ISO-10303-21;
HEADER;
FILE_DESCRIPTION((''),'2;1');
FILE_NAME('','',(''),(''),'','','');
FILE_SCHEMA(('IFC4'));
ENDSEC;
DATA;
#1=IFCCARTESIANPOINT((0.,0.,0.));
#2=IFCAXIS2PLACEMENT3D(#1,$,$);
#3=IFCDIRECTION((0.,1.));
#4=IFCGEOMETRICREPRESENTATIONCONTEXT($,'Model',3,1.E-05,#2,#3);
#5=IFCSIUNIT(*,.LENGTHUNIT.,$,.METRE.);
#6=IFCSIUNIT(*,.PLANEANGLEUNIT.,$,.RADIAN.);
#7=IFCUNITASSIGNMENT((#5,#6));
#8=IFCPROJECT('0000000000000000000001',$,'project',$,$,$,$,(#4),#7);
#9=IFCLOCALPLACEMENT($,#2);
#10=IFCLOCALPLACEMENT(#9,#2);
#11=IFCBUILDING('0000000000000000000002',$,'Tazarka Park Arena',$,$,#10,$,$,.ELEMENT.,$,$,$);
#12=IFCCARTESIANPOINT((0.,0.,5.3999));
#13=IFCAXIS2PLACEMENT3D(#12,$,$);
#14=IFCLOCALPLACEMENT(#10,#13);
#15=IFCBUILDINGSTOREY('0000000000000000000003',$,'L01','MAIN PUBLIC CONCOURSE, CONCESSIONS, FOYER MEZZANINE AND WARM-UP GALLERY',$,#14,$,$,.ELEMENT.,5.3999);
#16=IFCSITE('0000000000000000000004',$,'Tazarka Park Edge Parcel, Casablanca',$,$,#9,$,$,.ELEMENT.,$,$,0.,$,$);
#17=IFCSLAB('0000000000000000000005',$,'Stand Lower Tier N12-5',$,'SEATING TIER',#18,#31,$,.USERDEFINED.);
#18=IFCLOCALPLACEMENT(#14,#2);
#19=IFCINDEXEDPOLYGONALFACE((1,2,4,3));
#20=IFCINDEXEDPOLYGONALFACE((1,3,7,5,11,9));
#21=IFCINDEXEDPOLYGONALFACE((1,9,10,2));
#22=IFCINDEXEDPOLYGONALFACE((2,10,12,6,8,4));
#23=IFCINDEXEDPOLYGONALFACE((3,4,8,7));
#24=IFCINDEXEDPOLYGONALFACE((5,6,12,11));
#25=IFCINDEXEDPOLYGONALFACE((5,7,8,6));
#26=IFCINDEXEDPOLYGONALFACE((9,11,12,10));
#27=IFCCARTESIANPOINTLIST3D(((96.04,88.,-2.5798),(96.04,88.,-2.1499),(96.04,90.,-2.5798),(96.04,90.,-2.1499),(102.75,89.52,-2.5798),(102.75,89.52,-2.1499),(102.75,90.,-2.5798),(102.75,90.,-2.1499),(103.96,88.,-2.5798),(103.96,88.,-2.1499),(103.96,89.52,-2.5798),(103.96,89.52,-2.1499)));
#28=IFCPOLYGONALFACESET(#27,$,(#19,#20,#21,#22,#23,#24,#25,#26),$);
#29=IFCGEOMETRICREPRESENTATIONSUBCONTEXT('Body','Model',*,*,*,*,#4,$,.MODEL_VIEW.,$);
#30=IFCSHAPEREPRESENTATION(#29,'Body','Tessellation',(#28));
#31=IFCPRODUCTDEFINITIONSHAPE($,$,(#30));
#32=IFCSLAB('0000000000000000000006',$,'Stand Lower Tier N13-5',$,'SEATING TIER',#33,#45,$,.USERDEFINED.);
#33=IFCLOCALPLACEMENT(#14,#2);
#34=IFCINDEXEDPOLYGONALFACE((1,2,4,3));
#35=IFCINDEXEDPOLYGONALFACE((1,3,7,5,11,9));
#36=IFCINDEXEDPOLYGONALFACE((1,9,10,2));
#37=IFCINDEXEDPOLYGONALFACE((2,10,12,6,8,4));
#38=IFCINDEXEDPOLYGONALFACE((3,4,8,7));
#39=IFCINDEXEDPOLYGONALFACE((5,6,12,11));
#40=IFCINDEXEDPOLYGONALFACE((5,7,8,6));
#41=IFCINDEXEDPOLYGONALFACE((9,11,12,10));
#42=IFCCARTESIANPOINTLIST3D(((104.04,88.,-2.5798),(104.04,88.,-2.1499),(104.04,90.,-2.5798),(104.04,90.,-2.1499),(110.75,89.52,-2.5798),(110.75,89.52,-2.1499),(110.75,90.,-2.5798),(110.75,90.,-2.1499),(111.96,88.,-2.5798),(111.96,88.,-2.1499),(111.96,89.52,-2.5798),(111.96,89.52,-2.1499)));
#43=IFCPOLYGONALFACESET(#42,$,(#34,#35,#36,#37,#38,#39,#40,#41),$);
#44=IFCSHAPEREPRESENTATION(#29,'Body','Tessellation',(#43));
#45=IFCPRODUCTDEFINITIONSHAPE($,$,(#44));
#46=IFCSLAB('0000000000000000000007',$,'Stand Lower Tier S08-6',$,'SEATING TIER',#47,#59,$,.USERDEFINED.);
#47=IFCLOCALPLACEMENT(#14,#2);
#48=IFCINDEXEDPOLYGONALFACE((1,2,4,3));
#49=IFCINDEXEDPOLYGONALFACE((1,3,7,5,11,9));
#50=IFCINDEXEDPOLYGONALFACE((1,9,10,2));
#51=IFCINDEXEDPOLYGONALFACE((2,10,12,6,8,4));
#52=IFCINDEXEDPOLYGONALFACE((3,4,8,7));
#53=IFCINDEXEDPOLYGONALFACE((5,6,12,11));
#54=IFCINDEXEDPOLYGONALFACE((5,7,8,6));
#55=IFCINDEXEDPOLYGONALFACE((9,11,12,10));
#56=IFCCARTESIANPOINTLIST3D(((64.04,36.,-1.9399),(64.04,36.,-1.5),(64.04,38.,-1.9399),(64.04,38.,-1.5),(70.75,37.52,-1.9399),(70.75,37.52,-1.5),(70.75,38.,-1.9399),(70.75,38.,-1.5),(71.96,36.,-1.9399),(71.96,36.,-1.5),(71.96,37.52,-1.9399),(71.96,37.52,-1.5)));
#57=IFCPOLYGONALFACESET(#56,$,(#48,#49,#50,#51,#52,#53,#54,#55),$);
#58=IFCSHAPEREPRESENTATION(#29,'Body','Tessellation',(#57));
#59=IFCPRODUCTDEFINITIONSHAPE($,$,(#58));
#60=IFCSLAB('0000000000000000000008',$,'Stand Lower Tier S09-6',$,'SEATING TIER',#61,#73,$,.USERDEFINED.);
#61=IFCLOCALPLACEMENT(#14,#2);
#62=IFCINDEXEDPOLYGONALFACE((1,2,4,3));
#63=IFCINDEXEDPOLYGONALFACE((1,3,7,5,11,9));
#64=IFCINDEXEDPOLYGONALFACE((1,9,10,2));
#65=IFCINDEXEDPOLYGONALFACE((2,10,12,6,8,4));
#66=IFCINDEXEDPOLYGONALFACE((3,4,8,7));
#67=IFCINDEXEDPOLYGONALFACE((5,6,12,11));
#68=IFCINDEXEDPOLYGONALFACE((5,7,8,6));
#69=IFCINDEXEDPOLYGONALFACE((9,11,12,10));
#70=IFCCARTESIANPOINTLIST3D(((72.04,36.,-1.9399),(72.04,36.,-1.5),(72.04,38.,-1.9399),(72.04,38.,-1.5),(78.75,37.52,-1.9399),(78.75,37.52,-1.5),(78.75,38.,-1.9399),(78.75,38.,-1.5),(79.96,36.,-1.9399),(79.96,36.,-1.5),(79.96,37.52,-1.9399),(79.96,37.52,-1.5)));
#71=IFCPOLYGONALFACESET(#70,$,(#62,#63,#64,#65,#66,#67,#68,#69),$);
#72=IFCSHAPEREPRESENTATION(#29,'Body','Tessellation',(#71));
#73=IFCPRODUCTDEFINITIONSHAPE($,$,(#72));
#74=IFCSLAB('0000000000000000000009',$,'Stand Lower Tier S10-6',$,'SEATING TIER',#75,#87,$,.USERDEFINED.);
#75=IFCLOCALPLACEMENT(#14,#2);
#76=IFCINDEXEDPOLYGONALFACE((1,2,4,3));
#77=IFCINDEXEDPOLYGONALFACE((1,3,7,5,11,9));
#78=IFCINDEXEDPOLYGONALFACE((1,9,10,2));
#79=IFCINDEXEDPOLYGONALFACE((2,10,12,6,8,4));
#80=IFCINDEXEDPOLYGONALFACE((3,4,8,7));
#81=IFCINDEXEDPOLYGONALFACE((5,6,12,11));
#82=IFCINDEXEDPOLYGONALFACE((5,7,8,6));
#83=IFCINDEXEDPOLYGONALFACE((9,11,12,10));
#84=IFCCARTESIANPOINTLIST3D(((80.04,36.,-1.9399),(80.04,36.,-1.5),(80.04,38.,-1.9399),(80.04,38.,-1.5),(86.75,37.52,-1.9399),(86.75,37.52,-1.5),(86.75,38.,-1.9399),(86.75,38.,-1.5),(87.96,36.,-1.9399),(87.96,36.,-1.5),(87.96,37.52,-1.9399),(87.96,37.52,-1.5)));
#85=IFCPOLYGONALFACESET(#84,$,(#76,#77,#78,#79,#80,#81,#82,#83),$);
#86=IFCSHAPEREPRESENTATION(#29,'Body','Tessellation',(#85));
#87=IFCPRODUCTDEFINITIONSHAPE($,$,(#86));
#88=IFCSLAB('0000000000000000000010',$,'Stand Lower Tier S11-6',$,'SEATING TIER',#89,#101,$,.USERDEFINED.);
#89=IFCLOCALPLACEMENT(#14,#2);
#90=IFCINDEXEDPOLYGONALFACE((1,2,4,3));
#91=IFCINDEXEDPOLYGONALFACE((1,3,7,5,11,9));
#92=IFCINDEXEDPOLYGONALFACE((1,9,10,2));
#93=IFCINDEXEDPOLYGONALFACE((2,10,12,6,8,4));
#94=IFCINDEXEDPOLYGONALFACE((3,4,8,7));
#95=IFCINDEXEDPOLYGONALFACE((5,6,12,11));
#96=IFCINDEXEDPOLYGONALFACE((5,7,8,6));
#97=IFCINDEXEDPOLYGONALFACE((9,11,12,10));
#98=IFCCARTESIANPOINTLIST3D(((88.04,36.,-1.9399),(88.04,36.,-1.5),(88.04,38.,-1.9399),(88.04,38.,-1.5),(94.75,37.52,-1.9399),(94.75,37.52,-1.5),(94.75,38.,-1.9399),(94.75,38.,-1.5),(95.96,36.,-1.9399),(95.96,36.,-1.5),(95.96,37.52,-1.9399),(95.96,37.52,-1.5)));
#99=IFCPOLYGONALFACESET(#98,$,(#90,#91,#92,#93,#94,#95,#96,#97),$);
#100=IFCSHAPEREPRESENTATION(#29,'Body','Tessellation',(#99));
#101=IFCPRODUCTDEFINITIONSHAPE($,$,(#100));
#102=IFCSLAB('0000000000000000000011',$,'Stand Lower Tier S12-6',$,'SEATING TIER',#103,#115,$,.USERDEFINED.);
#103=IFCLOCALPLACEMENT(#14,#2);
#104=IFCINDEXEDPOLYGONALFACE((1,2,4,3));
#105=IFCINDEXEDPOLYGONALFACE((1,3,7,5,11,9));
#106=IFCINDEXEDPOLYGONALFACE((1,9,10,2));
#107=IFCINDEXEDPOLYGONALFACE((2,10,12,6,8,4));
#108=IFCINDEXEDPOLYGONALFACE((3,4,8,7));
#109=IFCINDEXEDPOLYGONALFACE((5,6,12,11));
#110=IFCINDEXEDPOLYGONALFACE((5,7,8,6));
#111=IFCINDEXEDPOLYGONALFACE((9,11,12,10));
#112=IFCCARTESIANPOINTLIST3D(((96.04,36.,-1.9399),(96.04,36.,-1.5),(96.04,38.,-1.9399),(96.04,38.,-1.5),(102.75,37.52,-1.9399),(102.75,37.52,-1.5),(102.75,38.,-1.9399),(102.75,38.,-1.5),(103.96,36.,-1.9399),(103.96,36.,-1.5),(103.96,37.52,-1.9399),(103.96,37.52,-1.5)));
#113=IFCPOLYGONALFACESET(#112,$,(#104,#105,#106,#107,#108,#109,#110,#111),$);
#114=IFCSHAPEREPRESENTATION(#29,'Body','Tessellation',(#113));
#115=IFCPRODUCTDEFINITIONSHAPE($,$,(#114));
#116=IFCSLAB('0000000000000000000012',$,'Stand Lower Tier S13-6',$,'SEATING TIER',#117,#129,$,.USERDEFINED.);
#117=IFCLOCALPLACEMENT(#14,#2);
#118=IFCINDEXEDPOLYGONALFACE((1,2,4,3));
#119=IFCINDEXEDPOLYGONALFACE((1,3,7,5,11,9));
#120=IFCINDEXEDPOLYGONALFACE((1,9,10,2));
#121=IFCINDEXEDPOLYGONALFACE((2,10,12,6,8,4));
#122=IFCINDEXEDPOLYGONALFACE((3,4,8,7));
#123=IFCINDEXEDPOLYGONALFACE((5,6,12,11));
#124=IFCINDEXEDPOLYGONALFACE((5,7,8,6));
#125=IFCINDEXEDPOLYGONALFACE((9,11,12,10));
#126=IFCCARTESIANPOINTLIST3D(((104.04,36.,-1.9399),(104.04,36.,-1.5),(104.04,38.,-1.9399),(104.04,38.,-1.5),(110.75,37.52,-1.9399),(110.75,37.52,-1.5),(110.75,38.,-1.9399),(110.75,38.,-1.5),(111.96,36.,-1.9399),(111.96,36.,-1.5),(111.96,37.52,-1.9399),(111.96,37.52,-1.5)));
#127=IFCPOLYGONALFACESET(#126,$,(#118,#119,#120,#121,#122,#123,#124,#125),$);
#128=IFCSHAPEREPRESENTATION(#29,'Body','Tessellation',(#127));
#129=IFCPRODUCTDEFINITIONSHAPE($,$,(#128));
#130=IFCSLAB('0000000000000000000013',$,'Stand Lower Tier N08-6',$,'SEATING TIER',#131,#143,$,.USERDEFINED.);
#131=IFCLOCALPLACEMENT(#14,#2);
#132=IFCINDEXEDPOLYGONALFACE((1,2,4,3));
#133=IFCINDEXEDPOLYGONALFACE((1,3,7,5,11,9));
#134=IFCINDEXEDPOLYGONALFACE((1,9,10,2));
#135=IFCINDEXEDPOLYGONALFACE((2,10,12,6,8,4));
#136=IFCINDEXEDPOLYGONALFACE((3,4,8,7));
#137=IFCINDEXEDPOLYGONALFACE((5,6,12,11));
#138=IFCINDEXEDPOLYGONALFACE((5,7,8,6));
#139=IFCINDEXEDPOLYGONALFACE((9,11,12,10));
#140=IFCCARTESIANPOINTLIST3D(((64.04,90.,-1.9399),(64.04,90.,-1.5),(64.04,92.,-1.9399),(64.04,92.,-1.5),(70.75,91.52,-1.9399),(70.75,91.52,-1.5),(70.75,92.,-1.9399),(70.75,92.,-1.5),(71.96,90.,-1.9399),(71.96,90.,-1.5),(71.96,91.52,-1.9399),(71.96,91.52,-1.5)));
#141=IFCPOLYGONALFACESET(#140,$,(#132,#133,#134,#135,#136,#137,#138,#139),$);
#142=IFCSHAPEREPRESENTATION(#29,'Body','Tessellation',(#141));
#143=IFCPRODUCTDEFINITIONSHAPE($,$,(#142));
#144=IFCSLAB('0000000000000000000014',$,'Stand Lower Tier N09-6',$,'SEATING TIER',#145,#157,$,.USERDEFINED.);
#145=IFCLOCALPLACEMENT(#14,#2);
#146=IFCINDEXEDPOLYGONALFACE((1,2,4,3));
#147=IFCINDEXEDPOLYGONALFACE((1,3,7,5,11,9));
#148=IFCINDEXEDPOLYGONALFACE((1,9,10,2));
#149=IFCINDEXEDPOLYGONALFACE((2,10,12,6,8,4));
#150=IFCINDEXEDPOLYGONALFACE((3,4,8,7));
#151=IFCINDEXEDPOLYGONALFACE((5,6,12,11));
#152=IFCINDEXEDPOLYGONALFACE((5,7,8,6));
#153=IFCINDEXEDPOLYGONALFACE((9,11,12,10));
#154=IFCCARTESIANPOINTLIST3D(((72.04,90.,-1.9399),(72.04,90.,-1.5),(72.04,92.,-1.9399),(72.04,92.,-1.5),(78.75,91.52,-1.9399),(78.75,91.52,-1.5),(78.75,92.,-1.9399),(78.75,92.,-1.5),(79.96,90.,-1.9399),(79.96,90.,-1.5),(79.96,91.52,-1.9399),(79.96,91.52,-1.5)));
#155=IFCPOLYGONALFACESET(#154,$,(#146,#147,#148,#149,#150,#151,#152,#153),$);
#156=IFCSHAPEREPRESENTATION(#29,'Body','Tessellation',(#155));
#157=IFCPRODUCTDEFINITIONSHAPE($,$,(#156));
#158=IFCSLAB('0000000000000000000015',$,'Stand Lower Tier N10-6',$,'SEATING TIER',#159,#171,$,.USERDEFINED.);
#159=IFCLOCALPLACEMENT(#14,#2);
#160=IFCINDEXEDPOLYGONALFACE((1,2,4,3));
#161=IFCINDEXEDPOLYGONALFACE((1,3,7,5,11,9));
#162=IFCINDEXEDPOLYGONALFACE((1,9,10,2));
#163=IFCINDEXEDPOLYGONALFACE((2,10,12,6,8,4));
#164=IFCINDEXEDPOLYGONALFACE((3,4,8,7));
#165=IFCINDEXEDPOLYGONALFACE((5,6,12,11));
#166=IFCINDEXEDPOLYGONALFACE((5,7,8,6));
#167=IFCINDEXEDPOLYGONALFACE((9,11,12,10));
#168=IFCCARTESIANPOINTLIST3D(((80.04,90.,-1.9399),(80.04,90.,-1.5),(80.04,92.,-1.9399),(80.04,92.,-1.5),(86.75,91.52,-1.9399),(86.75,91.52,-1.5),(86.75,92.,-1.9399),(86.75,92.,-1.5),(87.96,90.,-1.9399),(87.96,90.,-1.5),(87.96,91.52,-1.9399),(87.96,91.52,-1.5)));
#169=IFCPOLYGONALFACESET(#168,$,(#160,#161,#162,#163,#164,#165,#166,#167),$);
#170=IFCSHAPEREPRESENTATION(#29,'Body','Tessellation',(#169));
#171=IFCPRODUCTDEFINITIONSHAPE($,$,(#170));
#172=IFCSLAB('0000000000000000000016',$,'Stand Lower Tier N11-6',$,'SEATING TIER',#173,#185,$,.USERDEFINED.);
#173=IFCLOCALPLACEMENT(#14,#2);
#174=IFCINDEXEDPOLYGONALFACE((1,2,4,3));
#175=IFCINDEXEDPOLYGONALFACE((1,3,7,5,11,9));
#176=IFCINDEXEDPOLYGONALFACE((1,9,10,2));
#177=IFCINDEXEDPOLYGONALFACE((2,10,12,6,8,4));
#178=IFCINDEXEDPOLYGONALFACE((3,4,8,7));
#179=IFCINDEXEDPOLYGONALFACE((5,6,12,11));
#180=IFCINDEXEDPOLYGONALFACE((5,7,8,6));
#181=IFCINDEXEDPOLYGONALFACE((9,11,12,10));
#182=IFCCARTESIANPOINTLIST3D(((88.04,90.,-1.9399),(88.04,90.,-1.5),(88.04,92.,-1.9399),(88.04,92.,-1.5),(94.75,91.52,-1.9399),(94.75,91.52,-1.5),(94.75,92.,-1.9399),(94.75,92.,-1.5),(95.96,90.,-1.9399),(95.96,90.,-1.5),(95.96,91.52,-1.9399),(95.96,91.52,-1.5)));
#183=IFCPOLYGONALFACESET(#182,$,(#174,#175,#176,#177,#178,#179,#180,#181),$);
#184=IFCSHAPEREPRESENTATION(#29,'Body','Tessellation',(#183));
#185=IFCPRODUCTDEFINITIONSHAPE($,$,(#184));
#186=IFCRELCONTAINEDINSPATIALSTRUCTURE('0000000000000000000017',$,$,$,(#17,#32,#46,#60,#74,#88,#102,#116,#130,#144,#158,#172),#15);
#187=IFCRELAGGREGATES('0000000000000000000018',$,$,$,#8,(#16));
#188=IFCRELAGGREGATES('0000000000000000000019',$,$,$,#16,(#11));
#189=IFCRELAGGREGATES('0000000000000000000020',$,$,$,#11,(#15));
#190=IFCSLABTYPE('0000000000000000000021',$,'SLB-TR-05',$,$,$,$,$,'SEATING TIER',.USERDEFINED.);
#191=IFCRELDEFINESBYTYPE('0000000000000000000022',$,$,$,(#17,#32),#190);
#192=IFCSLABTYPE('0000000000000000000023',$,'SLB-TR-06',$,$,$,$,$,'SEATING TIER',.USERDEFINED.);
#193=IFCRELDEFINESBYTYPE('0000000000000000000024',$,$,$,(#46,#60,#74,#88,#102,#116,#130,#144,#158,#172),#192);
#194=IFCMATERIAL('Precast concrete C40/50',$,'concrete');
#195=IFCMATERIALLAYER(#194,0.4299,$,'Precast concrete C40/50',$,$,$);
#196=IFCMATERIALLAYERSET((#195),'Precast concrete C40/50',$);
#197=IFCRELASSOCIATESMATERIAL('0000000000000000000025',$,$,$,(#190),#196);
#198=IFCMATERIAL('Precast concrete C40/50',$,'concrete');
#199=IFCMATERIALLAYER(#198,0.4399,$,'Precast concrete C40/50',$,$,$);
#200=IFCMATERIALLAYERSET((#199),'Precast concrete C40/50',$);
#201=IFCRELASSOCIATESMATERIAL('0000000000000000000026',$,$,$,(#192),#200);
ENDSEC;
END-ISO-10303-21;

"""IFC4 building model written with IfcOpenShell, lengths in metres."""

from ifc_helpers import new_model, si_unit, direction, frame, origin, place, context, subcontext, project, spatial, polyline, outline, extrude, material, layer, layer_set, type_object, element, save


model = new_model("IFC4")

# Units and contexts
model_context = context("Model", 3, precision=1e-05, world=origin(), true_north=direction((0.0, 1.0)))
body_context = subcontext(model_context, "Body", "Model", "MODEL_VIEW")
ifc_project = project(units=[si_unit("LENGTHUNIT", "METRE"), si_unit("PLANEANGLEUNIT", "RADIAN")], contexts=[model_context])

# Site, building, storey
site_placement = place(None, origin())
site = spatial("IfcSite", under=ifc_project, at=site_placement, Name="Tazarka Park Edge Parcel, Casablanca", CompositionType="ELEMENT", RefElevation=0.0)
building_placement = place(site_placement, origin())
building = spatial("IfcBuilding", under=site, at=building_placement, Name="Tazarka Park Arena", CompositionType="ELEMENT")
storey_placement = place(building_placement, frame((0.0, 0.0, 5.3999)))
storey = spatial("IfcBuildingStorey", under=building, at=storey_placement, Name="L01", Description="MAIN PUBLIC CONCOURSE, CONCESSIONS, FOYER MEZZANINE AND WARM-UP GALLERY", CompositionType="ELEMENT", Elevation=5.3999)

# Slabs
ifc_material_1 = material(Name="Precast concrete C40/50", Category="concrete")
ifc_layer_1 = layer(ifc_material_1, 0.4299, Name="Precast concrete C40/50")
ifc_layer_set_1 = layer_set([ifc_layer_1], Name="Precast concrete C40/50")
slab_type_1 = type_object("IfcSlabType", Name="SLB-TR-05", ElementType="SEATING TIER", PredefinedType="USERDEFINED", material=ifc_layer_set_1)
slab_1_placement = place(storey_placement, frame((0.0, 0.0, -2.5798)))
element("IfcSlab", 1, at=slab_1_placement, inside=storey, type_object=slab_type_1, Name="Stand Lower Tier N12-5", ObjectType="SEATING TIER", PredefinedType="USERDEFINED", context=body_context, shape_type="SweptSolid", body=[
    extrude(outline(polyline([(96.04, 88.0), (103.96, 88.0), (103.96, 89.52), (102.75, 89.52), (102.75, 90.0), (96.04, 90.0), (96.04, 88.0)])), origin(), (0.0, 0.0, 1.0), 0.4299),
])
slab_2_placement = place(storey_placement, frame((0.0, 0.0, -2.5798)))
element("IfcSlab", 2, at=slab_2_placement, inside=storey, type_object=slab_type_1, Name="Stand Lower Tier N13-5", ObjectType="SEATING TIER", PredefinedType="USERDEFINED", context=body_context, shape_type="SweptSolid", body=[
    extrude(outline(polyline([(104.04, 88.0), (111.96, 88.0), (111.96, 89.52), (110.75, 89.52), (110.75, 90.0), (104.04, 90.0), (104.04, 88.0)])), origin(), (0.0, 0.0, 1.0), 0.4299),
])
ifc_material_2 = material(Name="Precast concrete C40/50", Category="concrete")
ifc_layer_2 = layer(ifc_material_2, 0.4399, Name="Precast concrete C40/50")
ifc_layer_set_2 = layer_set([ifc_layer_2], Name="Precast concrete C40/50")
slab_type_2 = type_object("IfcSlabType", Name="SLB-TR-06", ElementType="SEATING TIER", PredefinedType="USERDEFINED", material=ifc_layer_set_2)
slab_3_placement = place(storey_placement, frame((0.0, 0.0, -1.9399)))
element("IfcSlab", 3, at=slab_3_placement, inside=storey, type_object=slab_type_2, Name="Stand Lower Tier S08-6", ObjectType="SEATING TIER", PredefinedType="USERDEFINED", context=body_context, shape_type="SweptSolid", body=[
    extrude(outline(polyline([(64.04, 36.0), (71.96, 36.0), (71.96, 37.52), (70.75, 37.52), (70.75, 38.0), (64.04, 38.0), (64.04, 36.0)])), origin(), (0.0, 0.0, 1.0), 0.4399),
])
slab_4_placement = place(storey_placement, frame((0.0, 0.0, -1.9399)))
element("IfcSlab", 4, at=slab_4_placement, inside=storey, type_object=slab_type_2, Name="Stand Lower Tier S09-6", ObjectType="SEATING TIER", PredefinedType="USERDEFINED", context=body_context, shape_type="SweptSolid", body=[
    extrude(outline(polyline([(72.04, 36.0), (79.96, 36.0), (79.96, 37.52), (78.75, 37.52), (78.75, 38.0), (72.04, 38.0), (72.04, 36.0)])), origin(), (0.0, 0.0, 1.0), 0.4399),
])
slab_5_placement = place(storey_placement, frame((0.0, 0.0, -1.9399)))
element("IfcSlab", 5, at=slab_5_placement, inside=storey, type_object=slab_type_2, Name="Stand Lower Tier S10-6", ObjectType="SEATING TIER", PredefinedType="USERDEFINED", context=body_context, shape_type="SweptSolid", body=[
    extrude(outline(polyline([(80.04, 36.0), (87.96, 36.0), (87.96, 37.52), (86.75, 37.52), (86.75, 38.0), (80.04, 38.0), (80.04, 36.0)])), origin(), (0.0, 0.0, 1.0), 0.4399),
])
slab_6_placement = place(storey_placement, frame((0.0, 0.0, -1.9399)))
element("IfcSlab", 6, at=slab_6_placement, inside=storey, type_object=slab_type_2, Name="Stand Lower Tier S11-6", ObjectType="SEATING TIER", PredefinedType="USERDEFINED", context=body_context, shape_type="SweptSolid", body=[
    extrude(outline(polyline([(88.04, 36.0), (95.96, 36.0), (95.96, 37.52), (94.75, 37.52), (94.75, 38.0), (88.04, 38.0), (88.04, 36.0)])), origin(), (0.0, 0.0, 1.0), 0.4399),
])
slab_7_placement = place(storey_placement, frame((0.0, 0.0, -1.9399)))
element("IfcSlab", 7, at=slab_7_placement, inside=storey, type_object=slab_type_2, Name="Stand Lower Tier S12-6", ObjectType="SEATING TIER", PredefinedType="USERDEFINED", context=body_context, shape_type="SweptSolid", body=[
    extrude(outline(polyline([(96.04, 36.0), (103.96, 36.0), (103.96, 37.52), (102.75, 37.52), (102.75, 38.0), (96.04, 38.0), (96.04, 36.0)])), origin(), (0.0, 0.0, 1.0), 0.4399),
])
slab_8_placement = place(storey_placement, frame((0.0, 0.0, -1.9399)))
element("IfcSlab", 8, at=slab_8_placement, inside=storey, type_object=slab_type_2, Name="Stand Lower Tier S13-6", ObjectType="SEATING TIER", PredefinedType="USERDEFINED", context=body_context, shape_type="SweptSolid", body=[
    extrude(outline(polyline([(104.04, 36.0), (111.96, 36.0), (111.96, 37.52), (110.75, 37.52), (110.75, 38.0), (104.04, 38.0), (104.04, 36.0)])), origin(), (0.0, 0.0, 1.0), 0.4399),
])
slab_9_placement = place(storey_placement, frame((0.0, 0.0, -1.9399)))
element("IfcSlab", 9, at=slab_9_placement, inside=storey, type_object=slab_type_2, Name="Stand Lower Tier N08-6", ObjectType="SEATING TIER", PredefinedType="USERDEFINED", context=body_context, shape_type="SweptSolid", body=[
    extrude(outline(polyline([(64.04, 90.0), (71.96, 90.0), (71.96, 91.52), (70.75, 91.52), (70.75, 92.0), (64.04, 92.0), (64.04, 90.0)])), origin(), (0.0, 0.0, 1.0), 0.4399),
])
slab_10_placement = place(storey_placement, frame((0.0, 0.0, -1.9399)))
element("IfcSlab", 10, at=slab_10_placement, inside=storey, type_object=slab_type_2, Name="Stand Lower Tier N09-6", ObjectType="SEATING TIER", PredefinedType="USERDEFINED", context=body_context, shape_type="SweptSolid", body=[
    extrude(outline(polyline([(72.04, 90.0), (79.96, 90.0), (79.96, 91.52), (78.75, 91.52), (78.75, 92.0), (72.04, 92.0), (72.04, 90.0)])), origin(), (0.0, 0.0, 1.0), 0.4399),
])
slab_11_placement = place(storey_placement, frame((0.0, 0.0, -1.9399)))
element("IfcSlab", 11, at=slab_11_placement, inside=storey, type_object=slab_type_2, Name="Stand Lower Tier N10-6", ObjectType="SEATING TIER", PredefinedType="USERDEFINED", context=body_context, shape_type="SweptSolid", body=[
    extrude(outline(polyline([(80.04, 90.0), (87.96, 90.0), (87.96, 91.52), (86.75, 91.52), (86.75, 92.0), (80.04, 92.0), (80.04, 90.0)])), origin(), (0.0, 0.0, 1.0), 0.4399),
])
slab_12_placement = place(storey_placement, frame((0.0, 0.0, -1.9399)))
element("IfcSlab", 12, at=slab_12_placement, inside=storey, type_object=slab_type_2, Name="Stand Lower Tier N11-6", ObjectType="SEATING TIER", PredefinedType="USERDEFINED", context=body_context, shape_type="SweptSolid", body=[
    extrude(outline(polyline([(88.04, 90.0), (95.96, 90.0), (95.96, 91.52), (94.75, 91.52), (94.75, 92.0), (88.04, 92.0), (88.04, 90.0)])), origin(), (0.0, 0.0, 1.0), 0.4399),
])

save(model, "model.ifc")
